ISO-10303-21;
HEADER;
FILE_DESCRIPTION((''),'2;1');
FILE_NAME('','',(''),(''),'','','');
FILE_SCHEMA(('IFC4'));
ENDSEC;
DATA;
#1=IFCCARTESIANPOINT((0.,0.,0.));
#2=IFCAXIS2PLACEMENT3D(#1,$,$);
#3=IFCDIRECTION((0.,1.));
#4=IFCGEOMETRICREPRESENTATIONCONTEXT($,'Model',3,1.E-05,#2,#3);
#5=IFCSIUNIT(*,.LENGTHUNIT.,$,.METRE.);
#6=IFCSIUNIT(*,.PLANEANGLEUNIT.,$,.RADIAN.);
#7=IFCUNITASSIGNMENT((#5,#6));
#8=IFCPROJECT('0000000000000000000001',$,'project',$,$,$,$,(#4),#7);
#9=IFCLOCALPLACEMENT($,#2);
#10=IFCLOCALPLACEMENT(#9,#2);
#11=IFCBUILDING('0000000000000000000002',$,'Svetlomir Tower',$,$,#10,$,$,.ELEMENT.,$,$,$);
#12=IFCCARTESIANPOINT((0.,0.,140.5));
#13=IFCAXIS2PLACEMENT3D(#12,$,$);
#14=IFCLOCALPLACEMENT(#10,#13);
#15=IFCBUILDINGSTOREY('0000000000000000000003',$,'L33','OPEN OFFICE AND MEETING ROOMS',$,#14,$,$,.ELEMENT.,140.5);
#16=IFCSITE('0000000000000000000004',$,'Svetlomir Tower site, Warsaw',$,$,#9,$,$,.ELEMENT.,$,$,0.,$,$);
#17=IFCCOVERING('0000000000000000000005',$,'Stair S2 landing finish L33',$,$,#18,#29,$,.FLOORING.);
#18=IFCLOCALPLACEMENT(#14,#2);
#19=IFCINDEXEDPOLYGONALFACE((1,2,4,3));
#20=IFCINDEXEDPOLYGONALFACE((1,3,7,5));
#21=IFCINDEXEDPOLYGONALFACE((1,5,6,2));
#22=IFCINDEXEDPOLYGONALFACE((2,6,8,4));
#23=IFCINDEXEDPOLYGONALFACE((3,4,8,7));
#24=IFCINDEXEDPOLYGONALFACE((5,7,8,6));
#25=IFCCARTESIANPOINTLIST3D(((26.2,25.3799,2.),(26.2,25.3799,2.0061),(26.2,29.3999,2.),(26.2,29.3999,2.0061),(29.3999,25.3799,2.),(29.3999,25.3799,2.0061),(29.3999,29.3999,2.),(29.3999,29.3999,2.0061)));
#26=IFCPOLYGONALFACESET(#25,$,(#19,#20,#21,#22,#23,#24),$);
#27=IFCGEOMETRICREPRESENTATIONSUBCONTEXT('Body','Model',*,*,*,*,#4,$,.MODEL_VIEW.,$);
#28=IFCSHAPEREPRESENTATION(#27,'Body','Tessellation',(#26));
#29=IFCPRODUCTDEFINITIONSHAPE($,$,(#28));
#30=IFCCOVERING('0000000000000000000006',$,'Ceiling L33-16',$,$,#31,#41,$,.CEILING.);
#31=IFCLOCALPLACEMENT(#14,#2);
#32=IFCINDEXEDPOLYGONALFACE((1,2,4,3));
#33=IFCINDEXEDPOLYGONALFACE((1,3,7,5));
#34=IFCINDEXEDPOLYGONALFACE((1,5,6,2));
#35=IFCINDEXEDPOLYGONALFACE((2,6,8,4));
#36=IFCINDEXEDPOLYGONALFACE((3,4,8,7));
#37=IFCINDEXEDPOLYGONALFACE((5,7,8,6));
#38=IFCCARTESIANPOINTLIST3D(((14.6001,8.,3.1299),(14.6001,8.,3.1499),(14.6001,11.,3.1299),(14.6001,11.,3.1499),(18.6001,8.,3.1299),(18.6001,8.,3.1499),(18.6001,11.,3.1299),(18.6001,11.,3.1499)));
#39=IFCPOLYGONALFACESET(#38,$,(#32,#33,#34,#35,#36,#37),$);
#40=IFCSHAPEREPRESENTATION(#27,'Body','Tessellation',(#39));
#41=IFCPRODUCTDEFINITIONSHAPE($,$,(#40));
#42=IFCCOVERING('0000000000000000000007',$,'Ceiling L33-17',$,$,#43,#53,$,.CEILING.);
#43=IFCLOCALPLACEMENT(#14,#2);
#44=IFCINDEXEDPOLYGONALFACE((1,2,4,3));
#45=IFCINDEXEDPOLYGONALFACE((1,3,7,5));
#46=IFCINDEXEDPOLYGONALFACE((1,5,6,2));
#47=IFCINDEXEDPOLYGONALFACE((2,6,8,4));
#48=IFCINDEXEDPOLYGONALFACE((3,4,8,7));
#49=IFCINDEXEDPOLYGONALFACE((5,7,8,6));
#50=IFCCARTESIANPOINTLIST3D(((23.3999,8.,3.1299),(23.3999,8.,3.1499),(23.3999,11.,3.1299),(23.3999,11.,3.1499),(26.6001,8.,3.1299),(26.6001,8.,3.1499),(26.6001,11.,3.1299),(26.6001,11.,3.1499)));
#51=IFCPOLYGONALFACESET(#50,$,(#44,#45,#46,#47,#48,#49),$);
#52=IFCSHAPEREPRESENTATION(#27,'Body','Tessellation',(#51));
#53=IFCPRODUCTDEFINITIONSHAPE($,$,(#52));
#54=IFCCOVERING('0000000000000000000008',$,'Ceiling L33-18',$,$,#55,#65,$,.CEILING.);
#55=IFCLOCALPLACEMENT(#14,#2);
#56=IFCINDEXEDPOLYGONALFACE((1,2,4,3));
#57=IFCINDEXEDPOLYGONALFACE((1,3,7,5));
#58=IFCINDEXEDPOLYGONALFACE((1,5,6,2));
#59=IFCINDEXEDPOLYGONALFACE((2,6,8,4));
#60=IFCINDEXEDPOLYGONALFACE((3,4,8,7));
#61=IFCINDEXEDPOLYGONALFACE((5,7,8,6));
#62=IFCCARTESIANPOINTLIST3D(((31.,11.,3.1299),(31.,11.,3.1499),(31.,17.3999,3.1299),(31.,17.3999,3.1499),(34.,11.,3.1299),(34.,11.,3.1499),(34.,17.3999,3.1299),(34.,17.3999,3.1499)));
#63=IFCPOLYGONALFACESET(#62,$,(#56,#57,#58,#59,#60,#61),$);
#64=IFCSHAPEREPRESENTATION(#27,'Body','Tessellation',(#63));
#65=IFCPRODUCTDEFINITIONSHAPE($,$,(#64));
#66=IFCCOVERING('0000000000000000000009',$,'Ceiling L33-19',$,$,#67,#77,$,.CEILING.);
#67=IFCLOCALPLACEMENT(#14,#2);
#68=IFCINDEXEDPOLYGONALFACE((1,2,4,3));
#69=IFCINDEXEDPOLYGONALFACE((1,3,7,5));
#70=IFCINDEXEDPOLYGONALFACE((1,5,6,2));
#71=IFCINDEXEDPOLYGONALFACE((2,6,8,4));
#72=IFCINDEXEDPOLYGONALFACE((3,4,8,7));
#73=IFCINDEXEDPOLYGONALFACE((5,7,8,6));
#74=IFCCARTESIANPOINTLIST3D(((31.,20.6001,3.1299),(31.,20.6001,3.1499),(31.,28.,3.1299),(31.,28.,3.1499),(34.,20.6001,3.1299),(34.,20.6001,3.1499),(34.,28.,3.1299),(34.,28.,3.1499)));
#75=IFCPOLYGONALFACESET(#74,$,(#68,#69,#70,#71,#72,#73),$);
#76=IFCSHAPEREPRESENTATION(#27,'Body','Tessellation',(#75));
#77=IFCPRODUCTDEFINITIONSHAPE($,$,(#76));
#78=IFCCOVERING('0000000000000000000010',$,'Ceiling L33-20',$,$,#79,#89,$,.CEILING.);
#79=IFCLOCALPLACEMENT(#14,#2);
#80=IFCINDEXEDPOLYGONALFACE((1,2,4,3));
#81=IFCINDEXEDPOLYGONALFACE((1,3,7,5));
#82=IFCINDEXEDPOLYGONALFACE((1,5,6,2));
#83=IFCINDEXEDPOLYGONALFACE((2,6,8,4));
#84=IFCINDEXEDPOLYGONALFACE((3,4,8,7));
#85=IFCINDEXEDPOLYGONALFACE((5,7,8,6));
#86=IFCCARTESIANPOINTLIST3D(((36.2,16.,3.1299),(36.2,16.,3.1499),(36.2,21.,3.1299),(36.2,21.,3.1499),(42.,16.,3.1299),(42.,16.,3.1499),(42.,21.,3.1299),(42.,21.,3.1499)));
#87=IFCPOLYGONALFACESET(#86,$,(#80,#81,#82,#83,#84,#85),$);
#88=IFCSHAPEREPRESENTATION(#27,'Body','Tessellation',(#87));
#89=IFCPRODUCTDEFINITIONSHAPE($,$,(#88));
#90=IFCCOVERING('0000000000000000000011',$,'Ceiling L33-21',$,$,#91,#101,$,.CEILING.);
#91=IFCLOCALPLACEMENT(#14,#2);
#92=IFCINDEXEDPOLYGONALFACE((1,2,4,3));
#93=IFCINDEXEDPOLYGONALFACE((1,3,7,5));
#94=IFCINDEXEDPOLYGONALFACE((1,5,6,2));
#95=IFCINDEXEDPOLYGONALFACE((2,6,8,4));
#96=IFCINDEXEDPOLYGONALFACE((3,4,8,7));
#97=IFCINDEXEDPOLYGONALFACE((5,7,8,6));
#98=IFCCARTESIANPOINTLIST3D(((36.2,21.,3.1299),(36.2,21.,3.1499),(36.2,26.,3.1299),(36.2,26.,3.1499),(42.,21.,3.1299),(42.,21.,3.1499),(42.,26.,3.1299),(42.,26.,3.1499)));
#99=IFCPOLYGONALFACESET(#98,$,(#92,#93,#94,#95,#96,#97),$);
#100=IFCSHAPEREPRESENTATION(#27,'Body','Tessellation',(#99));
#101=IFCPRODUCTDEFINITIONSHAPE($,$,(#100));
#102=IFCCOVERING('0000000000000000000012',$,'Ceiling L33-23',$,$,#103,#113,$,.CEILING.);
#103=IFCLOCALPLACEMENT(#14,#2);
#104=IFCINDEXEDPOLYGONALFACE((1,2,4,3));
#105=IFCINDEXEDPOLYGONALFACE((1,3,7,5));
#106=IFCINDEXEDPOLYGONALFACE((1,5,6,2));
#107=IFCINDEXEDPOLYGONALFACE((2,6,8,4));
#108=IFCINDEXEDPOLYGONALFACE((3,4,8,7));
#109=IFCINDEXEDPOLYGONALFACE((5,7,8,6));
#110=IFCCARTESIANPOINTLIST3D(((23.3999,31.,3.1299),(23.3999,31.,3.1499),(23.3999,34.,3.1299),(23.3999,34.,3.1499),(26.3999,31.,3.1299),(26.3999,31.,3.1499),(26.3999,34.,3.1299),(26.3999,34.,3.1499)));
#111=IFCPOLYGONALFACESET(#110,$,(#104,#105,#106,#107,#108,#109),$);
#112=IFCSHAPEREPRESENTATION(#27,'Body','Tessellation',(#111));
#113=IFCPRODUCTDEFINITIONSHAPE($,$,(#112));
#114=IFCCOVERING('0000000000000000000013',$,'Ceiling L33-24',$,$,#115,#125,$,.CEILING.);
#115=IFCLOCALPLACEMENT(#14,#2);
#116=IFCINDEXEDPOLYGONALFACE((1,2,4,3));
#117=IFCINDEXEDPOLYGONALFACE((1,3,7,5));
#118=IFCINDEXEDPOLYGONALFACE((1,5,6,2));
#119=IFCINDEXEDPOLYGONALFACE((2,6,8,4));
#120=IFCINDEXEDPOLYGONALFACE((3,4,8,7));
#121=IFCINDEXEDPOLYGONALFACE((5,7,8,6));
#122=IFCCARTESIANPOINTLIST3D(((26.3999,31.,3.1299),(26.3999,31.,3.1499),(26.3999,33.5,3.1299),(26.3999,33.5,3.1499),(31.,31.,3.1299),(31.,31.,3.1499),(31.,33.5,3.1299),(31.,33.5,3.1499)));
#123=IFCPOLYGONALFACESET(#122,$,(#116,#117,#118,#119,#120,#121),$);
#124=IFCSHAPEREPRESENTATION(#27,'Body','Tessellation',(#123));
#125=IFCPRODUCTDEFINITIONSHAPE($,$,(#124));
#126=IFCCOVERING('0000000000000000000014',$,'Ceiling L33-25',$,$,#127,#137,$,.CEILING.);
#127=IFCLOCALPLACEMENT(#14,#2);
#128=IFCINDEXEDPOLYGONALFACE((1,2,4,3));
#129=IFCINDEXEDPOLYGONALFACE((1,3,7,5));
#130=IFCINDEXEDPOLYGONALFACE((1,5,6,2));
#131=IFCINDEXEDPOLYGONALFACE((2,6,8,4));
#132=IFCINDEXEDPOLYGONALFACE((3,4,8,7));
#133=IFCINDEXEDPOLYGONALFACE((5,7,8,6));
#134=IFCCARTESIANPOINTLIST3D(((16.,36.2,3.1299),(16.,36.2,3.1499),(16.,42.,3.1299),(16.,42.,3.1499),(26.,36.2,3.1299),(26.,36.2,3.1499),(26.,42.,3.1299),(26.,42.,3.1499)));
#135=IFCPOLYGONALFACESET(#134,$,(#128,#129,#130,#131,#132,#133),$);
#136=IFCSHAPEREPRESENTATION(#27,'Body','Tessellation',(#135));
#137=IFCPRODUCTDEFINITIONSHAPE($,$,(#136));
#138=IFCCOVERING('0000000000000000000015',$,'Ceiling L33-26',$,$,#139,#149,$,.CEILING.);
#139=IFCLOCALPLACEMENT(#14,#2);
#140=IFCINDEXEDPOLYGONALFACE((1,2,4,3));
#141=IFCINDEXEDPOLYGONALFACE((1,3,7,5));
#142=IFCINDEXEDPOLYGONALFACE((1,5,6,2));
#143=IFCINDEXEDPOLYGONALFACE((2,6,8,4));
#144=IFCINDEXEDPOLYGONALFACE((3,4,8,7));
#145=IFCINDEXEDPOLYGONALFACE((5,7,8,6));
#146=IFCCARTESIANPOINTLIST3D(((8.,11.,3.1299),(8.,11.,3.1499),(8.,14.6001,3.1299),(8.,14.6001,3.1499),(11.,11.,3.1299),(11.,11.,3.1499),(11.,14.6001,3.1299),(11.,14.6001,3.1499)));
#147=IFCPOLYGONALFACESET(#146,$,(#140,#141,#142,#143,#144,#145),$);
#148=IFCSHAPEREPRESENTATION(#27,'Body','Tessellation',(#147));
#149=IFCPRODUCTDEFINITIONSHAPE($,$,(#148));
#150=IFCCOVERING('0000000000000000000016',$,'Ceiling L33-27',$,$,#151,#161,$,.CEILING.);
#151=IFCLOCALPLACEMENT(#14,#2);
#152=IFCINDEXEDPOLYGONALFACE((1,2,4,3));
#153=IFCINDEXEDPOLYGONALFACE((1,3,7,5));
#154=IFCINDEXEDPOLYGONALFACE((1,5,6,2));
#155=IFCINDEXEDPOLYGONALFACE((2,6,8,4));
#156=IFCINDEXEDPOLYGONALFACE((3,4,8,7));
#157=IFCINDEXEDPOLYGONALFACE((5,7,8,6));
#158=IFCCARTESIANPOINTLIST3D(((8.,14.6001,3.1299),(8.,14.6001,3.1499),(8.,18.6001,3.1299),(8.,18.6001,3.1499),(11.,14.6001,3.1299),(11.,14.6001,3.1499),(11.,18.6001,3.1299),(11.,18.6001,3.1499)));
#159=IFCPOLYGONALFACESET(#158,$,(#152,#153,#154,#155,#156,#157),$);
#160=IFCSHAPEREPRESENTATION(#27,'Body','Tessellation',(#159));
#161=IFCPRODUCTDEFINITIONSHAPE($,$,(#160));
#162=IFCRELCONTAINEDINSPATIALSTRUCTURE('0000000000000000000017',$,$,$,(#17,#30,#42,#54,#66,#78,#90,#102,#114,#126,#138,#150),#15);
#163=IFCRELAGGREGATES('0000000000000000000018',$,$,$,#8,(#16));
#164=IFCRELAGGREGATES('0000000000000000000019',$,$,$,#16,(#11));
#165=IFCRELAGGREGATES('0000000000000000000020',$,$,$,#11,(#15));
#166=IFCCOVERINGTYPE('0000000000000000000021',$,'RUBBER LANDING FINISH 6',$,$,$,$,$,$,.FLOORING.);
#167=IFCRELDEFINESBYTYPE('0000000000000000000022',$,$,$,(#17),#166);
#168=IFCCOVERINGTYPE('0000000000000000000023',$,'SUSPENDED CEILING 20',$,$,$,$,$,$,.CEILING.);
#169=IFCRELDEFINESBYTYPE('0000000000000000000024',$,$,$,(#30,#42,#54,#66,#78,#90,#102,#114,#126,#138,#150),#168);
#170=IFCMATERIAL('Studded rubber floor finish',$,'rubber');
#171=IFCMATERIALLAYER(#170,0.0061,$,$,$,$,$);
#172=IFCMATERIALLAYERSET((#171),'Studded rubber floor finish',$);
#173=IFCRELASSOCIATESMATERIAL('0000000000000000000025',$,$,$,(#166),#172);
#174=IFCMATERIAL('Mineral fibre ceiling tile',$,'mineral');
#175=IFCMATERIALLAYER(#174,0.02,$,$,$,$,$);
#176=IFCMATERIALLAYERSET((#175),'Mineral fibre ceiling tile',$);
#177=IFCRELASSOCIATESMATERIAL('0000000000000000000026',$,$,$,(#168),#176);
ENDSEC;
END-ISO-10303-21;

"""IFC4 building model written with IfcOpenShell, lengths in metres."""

from ifc_helpers import new_model, si_unit, direction, frame, origin, place, context, subcontext, project, spatial, polyline, outline, extrude, material, layer, layer_set, type_object, element, save


model = new_model("IFC4")

# Units and contexts
model_context = context("Model", 3, precision=1e-05, world=origin(), true_north=direction((0.0, 1.0)))
body_context = subcontext(model_context, "Body", "Model", "MODEL_VIEW")
ifc_project = project(units=[si_unit("LENGTHUNIT", "METRE"), si_unit("PLANEANGLEUNIT", "RADIAN")], contexts=[model_context])

# Site, building, storey
site_placement = place(None, origin())
site = spatial("IfcSite", under=ifc_project, at=site_placement, Name="Svetlomir Tower site, Warsaw", CompositionType="ELEMENT", RefElevation=0.0)
building_placement = place(site_placement, origin())
building = spatial("IfcBuilding", under=site, at=building_placement, Name="Svetlomir Tower", CompositionType="ELEMENT")
storey_placement = place(building_placement, frame((0.0, 0.0, 140.5)))
storey = spatial("IfcBuildingStorey", under=building, at=storey_placement, Name="L33", Description="OPEN OFFICE AND MEETING ROOMS", CompositionType="ELEMENT", Elevation=140.5)

# Coverings
ifc_material_1 = material(Name="Studded rubber floor finish", Category="rubber")
ifc_layer_1 = layer(ifc_material_1, 0.0061)
ifc_layer_set_1 = layer_set([ifc_layer_1], Name="Studded rubber floor finish")
covering_type_1 = type_object("IfcCoveringType", Name="RUBBER LANDING FINISH 6", PredefinedType="FLOORING", material=ifc_layer_set_1)
covering_1_placement = place(storey_placement, frame((0.0, 0.0, 2.0)))
element("IfcCovering", 1, at=covering_1_placement, inside=storey, type_object=covering_type_1, Name="Stair S2 landing finish L33", PredefinedType="FLOORING", context=body_context, shape_type="SweptSolid", body=[
    extrude(outline(polyline([(26.2, 25.3799), (29.3999, 25.3799), (29.3999, 29.3999), (26.2, 29.3999), (26.2, 25.3799)])), origin(), (0.0, 0.0, 1.0), 0.0061),
])
ifc_material_2 = material(Name="Mineral fibre ceiling tile", Category="mineral")
ifc_layer_2 = layer(ifc_material_2, 0.02)
ifc_layer_set_2 = layer_set([ifc_layer_2], Name="Mineral fibre ceiling tile")
covering_type_2 = type_object("IfcCoveringType", Name="SUSPENDED CEILING 20", PredefinedType="CEILING", material=ifc_layer_set_2)
covering_2_placement = place(storey_placement, frame((0.0, 0.0, 3.1299)))
element("IfcCovering", 2, at=covering_2_placement, inside=storey, type_object=covering_type_2, Name="Ceiling L33-16", PredefinedType="CEILING", context=body_context, shape_type="SweptSolid", body=[
    extrude(outline(polyline([(14.6001, 8.0), (18.6001, 8.0), (18.6001, 11.0), (14.6001, 11.0), (14.6001, 8.0)])), origin(), (0.0, 0.0, 1.0), 0.02),
])
covering_3_placement = place(storey_placement, frame((0.0, 0.0, 3.1299)))
element("IfcCovering", 3, at=covering_3_placement, inside=storey, type_object=covering_type_2, Name="Ceiling L33-17", PredefinedType="CEILING", context=body_context, shape_type="SweptSolid", body=[
    extrude(outline(polyline([(23.3999, 8.0), (26.6001, 8.0), (26.6001, 11.0), (23.3999, 11.0), (23.3999, 8.0)])), origin(), (0.0, 0.0, 1.0), 0.02),
])
covering_4_placement = place(storey_placement, frame((0.0, 0.0, 3.1299)))
element("IfcCovering", 4, at=covering_4_placement, inside=storey, type_object=covering_type_2, Name="Ceiling L33-18", PredefinedType="CEILING", context=body_context, shape_type="SweptSolid", body=[
    extrude(outline(polyline([(31.0, 11.0), (34.0, 11.0), (34.0, 17.3999), (31.0, 17.3999), (31.0, 11.0)])), origin(), (0.0, 0.0, 1.0), 0.02),
])
covering_5_placement = place(storey_placement, frame((0.0, 0.0, 3.1299)))
element("IfcCovering", 5, at=covering_5_placement, inside=storey, type_object=covering_type_2, Name="Ceiling L33-19", PredefinedType="CEILING", context=body_context, shape_type="SweptSolid", body=[
    extrude(outline(polyline([(31.0, 20.6001), (34.0, 20.6001), (34.0, 28.0), (31.0, 28.0), (31.0, 20.6001)])), origin(), (0.0, 0.0, 1.0), 0.02),
])
covering_6_placement = place(storey_placement, frame((0.0, 0.0, 3.1299)))
element("IfcCovering", 6, at=covering_6_placement, inside=storey, type_object=covering_type_2, Name="Ceiling L33-20", PredefinedType="CEILING", context=body_context, shape_type="SweptSolid", body=[
    extrude(outline(polyline([(36.2, 16.0), (42.0, 16.0), (42.0, 21.0), (36.2, 21.0), (36.2, 16.0)])), origin(), (0.0, 0.0, 1.0), 0.02),
])
covering_7_placement = place(storey_placement, frame((0.0, 0.0, 3.1299)))
element("IfcCovering", 7, at=covering_7_placement, inside=storey, type_object=covering_type_2, Name="Ceiling L33-21", PredefinedType="CEILING", context=body_context, shape_type="SweptSolid", body=[
    extrude(outline(polyline([(36.2, 21.0), (42.0, 21.0), (42.0, 26.0), (36.2, 26.0), (36.2, 21.0)])), origin(), (0.0, 0.0, 1.0), 0.02),
])
covering_8_placement = place(storey_placement, frame((0.0, 0.0, 3.1299)))
element("IfcCovering", 8, at=covering_8_placement, inside=storey, type_object=covering_type_2, Name="Ceiling L33-23", PredefinedType="CEILING", context=body_context, shape_type="SweptSolid", body=[
    extrude(outline(polyline([(23.3999, 31.0), (26.3999, 31.0), (26.3999, 34.0), (23.3999, 34.0), (23.3999, 31.0)])), origin(), (0.0, 0.0, 1.0), 0.02),
])
covering_9_placement = place(storey_placement, frame((0.0, 0.0, 3.1299)))
element("IfcCovering", 9, at=covering_9_placement, inside=storey, type_object=covering_type_2, Name="Ceiling L33-24", PredefinedType="CEILING", context=body_context, shape_type="SweptSolid", body=[
    extrude(outline(polyline([(26.3999, 31.0), (31.0, 31.0), (31.0, 33.5), (26.3999, 33.5), (26.3999, 31.0)])), origin(), (0.0, 0.0, 1.0), 0.02),
])
covering_10_placement = place(storey_placement, frame((0.0, 0.0, 3.1299)))
element("IfcCovering", 10, at=covering_10_placement, inside=storey, type_object=covering_type_2, Name="Ceiling L33-25", PredefinedType="CEILING", context=body_context, shape_type="SweptSolid", body=[
    extrude(outline(polyline([(16.0, 36.2), (26.0, 36.2), (26.0, 42.0), (16.0, 42.0), (16.0, 36.2)])), origin(), (0.0, 0.0, 1.0), 0.02),
])
covering_11_placement = place(storey_placement, frame((0.0, 0.0, 3.1299)))
element("IfcCovering", 11, at=covering_11_placement, inside=storey, type_object=covering_type_2, Name="Ceiling L33-26", PredefinedType="CEILING", context=body_context, shape_type="SweptSolid", body=[
    extrude(outline(polyline([(8.0, 11.0), (11.0, 11.0), (11.0, 14.6001), (8.0, 14.6001), (8.0, 11.0)])), origin(), (0.0, 0.0, 1.0), 0.02),
])
covering_12_placement = place(storey_placement, frame((0.0, 0.0, 3.1299)))
element("IfcCovering", 12, at=covering_12_placement, inside=storey, type_object=covering_type_2, Name="Ceiling L33-27", PredefinedType="CEILING", context=body_context, shape_type="SweptSolid", body=[
    extrude(outline(polyline([(8.0, 14.6001), (11.0, 14.6001), (11.0, 18.6001), (8.0, 18.6001), (8.0, 14.6001)])), origin(), (0.0, 0.0, 1.0), 0.02),
])

save(model, "model.ifc")
